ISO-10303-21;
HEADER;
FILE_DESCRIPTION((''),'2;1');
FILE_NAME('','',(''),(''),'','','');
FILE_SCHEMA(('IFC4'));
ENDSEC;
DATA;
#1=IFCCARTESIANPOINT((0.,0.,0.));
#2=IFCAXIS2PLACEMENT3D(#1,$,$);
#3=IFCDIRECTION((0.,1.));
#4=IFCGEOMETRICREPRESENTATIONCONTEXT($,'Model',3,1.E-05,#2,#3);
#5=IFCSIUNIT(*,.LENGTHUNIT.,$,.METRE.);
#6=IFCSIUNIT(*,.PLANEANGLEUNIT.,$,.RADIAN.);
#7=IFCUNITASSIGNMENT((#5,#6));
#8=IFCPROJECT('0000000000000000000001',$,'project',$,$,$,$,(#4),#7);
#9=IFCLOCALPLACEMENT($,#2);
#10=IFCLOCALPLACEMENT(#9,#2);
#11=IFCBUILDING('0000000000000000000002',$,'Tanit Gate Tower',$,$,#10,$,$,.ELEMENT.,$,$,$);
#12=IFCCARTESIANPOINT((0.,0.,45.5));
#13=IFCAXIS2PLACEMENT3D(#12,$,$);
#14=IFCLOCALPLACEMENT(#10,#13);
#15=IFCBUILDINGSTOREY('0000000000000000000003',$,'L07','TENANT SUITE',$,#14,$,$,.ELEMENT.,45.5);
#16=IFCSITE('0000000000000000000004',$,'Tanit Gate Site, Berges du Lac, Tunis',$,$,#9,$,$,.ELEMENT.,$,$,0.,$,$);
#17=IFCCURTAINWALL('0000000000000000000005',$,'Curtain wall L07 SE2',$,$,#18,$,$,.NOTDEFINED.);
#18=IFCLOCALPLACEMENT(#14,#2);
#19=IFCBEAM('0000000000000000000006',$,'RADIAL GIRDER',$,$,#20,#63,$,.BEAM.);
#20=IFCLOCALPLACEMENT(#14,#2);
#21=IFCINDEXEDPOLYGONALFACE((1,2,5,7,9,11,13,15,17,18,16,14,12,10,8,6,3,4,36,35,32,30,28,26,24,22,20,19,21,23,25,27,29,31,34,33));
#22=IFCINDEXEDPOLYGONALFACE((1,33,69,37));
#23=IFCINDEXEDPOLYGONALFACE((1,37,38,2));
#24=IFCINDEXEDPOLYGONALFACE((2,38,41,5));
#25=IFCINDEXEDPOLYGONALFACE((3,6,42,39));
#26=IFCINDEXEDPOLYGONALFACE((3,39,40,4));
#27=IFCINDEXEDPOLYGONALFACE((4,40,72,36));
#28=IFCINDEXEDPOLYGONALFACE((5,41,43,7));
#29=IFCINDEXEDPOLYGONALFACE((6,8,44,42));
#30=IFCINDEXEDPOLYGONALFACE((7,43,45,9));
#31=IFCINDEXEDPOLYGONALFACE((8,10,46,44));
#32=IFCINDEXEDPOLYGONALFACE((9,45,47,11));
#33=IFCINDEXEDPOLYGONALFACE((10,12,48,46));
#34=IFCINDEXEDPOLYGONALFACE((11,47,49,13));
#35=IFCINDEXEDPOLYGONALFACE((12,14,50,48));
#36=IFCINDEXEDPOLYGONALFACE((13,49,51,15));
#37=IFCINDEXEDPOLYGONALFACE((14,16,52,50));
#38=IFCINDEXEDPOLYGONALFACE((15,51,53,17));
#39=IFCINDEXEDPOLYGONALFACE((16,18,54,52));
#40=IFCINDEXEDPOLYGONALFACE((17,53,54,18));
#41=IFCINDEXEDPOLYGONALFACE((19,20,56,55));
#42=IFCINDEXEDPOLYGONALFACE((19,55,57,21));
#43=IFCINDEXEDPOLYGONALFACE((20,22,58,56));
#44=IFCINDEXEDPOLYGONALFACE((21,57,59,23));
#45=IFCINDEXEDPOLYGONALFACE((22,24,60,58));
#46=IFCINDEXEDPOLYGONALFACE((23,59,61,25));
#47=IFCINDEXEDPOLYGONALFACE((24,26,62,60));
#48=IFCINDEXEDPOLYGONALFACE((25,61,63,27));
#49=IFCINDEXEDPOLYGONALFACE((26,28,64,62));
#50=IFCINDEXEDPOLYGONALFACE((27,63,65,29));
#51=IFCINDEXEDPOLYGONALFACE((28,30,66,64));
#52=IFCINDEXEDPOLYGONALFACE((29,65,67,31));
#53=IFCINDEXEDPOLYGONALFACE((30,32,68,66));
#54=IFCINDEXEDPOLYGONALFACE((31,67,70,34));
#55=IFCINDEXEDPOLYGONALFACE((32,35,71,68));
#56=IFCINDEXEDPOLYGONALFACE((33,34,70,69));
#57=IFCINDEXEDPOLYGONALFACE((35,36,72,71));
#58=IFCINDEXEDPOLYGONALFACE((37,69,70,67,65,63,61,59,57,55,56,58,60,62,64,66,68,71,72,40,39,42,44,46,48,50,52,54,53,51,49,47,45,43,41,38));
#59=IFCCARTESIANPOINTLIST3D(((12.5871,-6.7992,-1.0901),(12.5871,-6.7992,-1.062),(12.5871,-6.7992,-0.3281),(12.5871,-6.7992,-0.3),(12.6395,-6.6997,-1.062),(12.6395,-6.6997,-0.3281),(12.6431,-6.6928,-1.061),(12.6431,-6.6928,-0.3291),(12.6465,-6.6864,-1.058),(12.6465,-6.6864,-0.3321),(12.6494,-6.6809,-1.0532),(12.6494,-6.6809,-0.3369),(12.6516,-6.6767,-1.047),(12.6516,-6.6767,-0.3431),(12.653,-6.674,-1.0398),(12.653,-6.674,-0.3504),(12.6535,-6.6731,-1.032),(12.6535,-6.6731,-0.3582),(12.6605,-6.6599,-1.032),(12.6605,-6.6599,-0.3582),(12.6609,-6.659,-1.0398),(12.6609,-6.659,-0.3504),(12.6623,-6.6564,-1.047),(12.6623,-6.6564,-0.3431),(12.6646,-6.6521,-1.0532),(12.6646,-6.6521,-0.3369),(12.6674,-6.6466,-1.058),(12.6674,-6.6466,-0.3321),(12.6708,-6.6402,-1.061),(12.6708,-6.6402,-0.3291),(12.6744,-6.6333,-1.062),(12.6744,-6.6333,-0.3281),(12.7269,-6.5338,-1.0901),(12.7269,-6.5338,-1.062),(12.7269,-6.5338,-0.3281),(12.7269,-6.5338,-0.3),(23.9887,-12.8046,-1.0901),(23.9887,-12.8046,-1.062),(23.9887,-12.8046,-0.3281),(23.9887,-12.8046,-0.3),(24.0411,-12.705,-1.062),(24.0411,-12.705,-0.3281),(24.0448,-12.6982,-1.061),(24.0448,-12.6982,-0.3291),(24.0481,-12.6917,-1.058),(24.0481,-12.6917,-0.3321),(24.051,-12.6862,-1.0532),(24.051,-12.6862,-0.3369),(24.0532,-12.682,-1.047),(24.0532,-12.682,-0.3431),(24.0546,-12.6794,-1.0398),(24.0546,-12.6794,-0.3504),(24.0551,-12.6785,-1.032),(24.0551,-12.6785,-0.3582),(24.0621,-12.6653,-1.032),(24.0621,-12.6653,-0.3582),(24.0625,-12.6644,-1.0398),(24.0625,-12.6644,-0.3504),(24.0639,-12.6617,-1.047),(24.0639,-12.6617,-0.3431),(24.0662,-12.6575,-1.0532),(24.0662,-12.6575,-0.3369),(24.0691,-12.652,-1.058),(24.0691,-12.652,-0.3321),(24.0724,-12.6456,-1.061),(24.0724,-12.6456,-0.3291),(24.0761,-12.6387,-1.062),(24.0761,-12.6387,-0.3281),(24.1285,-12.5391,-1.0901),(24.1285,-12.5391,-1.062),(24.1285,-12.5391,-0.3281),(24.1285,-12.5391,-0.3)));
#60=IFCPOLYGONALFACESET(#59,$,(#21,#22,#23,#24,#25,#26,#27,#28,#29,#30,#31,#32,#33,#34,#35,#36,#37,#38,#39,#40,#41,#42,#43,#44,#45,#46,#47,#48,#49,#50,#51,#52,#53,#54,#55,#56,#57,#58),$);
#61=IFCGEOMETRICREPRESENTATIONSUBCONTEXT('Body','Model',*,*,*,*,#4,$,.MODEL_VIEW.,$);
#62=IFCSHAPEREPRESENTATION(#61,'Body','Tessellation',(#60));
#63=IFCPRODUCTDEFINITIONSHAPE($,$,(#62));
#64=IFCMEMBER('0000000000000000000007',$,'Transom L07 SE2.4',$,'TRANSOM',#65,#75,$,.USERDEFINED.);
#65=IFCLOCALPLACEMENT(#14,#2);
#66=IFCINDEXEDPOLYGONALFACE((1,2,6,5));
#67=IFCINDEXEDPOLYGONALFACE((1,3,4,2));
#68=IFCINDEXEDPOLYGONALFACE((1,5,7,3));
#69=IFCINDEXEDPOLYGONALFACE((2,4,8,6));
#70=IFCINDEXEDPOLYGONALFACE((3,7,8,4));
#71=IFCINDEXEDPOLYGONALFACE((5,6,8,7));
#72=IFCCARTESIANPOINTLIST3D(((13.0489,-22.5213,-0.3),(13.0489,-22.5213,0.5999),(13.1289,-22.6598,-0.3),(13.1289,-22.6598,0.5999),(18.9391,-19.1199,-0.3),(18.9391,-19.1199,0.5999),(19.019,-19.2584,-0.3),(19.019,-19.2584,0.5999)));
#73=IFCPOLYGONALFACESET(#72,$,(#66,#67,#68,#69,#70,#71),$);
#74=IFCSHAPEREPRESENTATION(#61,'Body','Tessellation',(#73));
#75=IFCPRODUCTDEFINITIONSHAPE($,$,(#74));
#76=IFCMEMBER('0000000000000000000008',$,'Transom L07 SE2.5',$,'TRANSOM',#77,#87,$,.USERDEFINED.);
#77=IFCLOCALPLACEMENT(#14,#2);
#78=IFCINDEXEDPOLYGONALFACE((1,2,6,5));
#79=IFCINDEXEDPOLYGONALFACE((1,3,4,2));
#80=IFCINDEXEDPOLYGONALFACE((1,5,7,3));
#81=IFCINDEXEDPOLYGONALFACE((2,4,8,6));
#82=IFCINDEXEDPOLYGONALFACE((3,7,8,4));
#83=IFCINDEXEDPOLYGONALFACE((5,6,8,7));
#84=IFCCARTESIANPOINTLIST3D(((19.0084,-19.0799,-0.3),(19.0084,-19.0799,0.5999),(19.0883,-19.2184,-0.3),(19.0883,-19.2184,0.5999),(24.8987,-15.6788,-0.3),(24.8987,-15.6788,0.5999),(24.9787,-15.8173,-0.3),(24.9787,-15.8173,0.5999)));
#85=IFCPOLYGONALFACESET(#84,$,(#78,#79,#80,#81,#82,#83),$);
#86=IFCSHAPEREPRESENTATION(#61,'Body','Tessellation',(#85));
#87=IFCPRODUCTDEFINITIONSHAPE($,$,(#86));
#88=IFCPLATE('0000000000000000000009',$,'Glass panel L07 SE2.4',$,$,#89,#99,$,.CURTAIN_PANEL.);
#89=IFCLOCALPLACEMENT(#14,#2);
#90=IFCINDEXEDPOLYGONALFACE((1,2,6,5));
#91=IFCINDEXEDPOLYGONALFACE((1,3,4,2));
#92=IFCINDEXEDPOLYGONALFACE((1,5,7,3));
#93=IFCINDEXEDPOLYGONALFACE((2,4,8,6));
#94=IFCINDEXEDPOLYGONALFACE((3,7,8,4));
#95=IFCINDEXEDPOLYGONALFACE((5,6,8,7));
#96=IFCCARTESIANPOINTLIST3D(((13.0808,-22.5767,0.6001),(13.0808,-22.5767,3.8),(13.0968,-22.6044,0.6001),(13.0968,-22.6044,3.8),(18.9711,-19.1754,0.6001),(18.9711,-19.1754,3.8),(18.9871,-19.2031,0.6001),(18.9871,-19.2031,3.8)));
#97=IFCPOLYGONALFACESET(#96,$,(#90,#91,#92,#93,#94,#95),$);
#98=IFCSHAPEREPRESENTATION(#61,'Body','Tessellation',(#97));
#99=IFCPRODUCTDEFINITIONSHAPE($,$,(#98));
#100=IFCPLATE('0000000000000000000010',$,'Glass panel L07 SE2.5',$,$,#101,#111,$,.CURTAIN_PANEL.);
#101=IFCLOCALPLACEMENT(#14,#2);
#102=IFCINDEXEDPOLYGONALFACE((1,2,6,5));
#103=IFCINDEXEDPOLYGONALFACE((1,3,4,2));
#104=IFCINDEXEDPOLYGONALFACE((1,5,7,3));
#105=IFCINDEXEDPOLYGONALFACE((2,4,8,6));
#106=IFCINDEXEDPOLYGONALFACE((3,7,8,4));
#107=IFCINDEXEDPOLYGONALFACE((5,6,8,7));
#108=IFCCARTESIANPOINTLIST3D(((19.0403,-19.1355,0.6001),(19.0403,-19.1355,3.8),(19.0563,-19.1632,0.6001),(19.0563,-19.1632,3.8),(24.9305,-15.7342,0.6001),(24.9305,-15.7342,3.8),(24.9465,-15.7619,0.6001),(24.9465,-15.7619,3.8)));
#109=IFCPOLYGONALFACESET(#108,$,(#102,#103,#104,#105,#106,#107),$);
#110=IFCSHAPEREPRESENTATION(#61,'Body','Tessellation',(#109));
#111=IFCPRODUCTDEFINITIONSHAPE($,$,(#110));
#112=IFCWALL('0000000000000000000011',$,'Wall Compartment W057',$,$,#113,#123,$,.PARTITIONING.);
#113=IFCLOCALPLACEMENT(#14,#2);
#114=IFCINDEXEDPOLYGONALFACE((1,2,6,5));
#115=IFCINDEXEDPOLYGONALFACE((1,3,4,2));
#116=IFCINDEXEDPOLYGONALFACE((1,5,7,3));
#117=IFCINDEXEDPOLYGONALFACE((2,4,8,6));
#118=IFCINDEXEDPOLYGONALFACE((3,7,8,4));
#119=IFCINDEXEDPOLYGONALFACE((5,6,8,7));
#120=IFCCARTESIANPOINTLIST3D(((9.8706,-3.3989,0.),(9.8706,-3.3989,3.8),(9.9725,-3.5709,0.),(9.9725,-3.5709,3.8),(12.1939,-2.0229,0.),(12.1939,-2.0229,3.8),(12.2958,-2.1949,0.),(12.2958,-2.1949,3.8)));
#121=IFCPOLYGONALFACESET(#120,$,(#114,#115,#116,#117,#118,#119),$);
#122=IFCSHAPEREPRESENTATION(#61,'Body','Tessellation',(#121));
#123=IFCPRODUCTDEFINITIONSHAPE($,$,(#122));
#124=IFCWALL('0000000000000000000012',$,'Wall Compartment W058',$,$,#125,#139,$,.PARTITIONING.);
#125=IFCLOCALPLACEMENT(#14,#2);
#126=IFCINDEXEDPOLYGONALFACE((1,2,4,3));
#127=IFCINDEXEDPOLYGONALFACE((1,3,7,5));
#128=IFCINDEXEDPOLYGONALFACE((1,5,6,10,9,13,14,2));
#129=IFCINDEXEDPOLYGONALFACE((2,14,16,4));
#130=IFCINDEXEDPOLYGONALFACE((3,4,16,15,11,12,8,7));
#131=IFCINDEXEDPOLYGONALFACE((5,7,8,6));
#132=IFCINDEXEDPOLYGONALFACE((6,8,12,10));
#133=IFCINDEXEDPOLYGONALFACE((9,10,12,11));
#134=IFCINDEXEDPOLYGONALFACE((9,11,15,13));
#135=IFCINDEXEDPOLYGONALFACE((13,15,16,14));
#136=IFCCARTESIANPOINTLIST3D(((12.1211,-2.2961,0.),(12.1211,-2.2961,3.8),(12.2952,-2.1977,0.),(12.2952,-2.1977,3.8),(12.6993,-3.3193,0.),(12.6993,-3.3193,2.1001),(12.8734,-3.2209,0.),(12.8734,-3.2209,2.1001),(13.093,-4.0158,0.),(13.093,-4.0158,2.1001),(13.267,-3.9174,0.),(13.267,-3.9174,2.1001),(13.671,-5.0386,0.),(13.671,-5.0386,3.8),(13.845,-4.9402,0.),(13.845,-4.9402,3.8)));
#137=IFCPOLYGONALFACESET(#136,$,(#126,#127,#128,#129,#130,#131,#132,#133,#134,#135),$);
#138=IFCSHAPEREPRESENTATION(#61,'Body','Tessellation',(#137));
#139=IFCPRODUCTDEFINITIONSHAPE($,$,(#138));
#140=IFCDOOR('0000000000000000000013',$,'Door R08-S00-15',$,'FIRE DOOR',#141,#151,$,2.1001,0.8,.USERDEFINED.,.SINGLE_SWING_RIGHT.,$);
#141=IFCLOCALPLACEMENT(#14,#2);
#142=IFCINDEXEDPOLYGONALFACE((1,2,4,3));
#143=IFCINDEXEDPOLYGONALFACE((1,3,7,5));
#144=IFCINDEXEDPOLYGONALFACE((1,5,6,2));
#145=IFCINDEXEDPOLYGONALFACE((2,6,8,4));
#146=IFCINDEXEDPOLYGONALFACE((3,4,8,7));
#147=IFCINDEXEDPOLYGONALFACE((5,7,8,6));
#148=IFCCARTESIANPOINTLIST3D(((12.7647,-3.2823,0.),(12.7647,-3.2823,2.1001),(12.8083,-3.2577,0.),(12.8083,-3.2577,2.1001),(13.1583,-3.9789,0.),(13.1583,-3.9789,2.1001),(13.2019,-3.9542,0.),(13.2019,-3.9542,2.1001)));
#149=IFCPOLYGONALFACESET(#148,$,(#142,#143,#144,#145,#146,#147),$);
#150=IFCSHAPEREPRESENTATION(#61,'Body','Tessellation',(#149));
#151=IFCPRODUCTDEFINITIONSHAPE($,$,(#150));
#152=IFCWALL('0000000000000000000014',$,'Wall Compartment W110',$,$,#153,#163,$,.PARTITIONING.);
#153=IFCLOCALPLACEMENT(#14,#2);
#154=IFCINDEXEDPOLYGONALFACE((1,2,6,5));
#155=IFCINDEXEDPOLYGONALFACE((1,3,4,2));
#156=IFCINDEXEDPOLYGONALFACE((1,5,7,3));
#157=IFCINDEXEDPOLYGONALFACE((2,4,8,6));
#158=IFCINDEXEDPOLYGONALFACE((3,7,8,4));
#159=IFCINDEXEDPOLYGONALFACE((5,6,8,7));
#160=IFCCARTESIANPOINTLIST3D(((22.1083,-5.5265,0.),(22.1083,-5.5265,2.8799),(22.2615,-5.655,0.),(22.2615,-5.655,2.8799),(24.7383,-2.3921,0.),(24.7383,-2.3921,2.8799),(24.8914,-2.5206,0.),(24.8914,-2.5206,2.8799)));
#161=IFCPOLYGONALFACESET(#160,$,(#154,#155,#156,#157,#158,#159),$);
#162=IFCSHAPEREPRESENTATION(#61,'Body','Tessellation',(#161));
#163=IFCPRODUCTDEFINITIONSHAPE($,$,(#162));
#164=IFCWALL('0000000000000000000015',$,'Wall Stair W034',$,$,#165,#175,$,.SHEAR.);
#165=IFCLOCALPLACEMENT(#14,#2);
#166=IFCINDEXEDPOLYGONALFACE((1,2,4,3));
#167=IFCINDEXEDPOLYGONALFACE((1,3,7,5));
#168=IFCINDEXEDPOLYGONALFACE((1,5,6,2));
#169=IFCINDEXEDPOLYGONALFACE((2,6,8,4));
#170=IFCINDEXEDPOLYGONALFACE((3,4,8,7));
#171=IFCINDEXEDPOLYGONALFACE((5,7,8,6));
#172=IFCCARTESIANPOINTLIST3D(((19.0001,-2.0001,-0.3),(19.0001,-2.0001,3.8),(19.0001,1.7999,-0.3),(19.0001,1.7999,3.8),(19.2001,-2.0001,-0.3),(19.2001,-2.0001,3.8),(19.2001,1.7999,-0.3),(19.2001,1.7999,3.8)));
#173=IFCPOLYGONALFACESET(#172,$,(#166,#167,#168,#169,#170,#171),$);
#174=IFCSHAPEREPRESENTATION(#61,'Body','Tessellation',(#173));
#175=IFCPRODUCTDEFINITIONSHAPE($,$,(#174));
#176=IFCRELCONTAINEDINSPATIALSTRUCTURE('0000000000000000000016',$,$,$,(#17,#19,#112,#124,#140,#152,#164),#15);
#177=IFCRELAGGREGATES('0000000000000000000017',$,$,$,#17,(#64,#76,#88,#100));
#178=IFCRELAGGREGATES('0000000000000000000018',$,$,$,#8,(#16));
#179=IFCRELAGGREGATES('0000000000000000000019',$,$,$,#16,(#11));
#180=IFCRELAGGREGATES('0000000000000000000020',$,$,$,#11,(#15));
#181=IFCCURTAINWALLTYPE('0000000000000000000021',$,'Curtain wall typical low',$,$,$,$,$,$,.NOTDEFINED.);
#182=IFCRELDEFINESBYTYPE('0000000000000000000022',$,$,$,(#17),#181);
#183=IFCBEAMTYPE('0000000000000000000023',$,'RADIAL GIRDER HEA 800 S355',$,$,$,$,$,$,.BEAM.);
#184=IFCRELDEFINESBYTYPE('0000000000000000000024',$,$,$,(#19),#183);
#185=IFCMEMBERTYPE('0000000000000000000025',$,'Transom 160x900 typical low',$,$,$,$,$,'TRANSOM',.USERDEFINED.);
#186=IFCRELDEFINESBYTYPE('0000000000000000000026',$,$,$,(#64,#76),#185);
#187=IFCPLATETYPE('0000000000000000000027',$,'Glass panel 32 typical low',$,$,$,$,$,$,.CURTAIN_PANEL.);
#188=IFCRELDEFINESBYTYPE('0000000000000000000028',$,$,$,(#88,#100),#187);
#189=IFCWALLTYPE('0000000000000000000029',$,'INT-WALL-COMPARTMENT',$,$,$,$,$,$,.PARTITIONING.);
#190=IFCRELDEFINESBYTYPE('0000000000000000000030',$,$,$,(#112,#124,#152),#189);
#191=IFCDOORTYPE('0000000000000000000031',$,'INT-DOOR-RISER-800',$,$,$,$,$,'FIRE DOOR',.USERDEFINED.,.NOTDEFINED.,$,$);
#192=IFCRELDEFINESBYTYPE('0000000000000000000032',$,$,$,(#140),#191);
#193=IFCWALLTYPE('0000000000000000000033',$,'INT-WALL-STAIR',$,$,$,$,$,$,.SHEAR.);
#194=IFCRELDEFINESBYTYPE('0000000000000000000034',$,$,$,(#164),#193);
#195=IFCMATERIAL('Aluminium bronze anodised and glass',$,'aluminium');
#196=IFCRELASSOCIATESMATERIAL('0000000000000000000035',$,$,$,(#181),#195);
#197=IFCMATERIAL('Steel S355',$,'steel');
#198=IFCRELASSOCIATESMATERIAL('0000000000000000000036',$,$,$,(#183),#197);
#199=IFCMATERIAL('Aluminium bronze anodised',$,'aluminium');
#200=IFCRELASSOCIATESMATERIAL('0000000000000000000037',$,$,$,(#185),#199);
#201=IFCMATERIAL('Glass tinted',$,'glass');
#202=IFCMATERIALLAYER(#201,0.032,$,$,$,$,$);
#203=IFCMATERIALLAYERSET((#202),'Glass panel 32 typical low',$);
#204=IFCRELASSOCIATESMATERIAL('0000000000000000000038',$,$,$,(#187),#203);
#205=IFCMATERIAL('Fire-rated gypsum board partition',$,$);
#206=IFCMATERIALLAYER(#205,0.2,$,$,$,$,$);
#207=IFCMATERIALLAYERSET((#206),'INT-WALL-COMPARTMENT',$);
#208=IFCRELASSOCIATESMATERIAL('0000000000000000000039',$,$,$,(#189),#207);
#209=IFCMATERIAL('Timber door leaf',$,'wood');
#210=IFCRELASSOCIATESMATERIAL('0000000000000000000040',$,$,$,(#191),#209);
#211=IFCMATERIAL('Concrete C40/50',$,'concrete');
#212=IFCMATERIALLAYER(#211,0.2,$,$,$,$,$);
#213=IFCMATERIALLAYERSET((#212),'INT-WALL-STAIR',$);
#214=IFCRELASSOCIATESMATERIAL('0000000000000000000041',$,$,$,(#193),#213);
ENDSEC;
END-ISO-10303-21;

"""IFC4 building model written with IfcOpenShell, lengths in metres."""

from ifc_helpers import new_model, si_unit, direction, frame, frame_2d, origin, origin_2d, place, context, subcontext, project, spatial, rectangle, i_section, extrude, material, layer, layer_set, material_profile, profile_set, type_object, element, fill, aggregate, save


model = new_model("IFC4")

# Units and contexts
model_context = context("Model", 3, precision=1e-05, world=origin(), true_north=direction((0.0, 1.0)))
body_context = subcontext(model_context, "Body", "Model", "MODEL_VIEW")
ifc_project = project(units=[si_unit("LENGTHUNIT", "METRE"), si_unit("PLANEANGLEUNIT", "RADIAN")], contexts=[model_context])

# Site, building, storey
site_placement = place(None, origin())
site = spatial("IfcSite", under=ifc_project, at=site_placement, Name="Tanit Gate Site, Berges du Lac, Tunis", CompositionType="ELEMENT", RefElevation=0.0)
building_placement = place(site_placement, origin())
building = spatial("IfcBuilding", under=site, at=building_placement, Name="Tanit Gate Tower", CompositionType="ELEMENT")
storey_placement = place(building_placement, frame((0.0, 0.0, 45.5)))
storey = spatial("IfcBuildingStorey", under=building, at=storey_placement, Name="L07", Description="TENANT SUITE", CompositionType="ELEMENT", Elevation=45.5)

# Curtain wall
ifc_material_1 = material(Name="Aluminium bronze anodised and glass", Category="aluminium")
curtain_wall_type = type_object("IfcCurtainWallType", Name="Curtain wall typical low", PredefinedType="NOTDEFINED", material=ifc_material_1)
curtain_wall_placement = place(storey_placement, origin())
curtain_wall = element("IfcCurtainWall", 1, at=curtain_wall_placement, inside=storey, type_object=curtain_wall_type, Name="Curtain wall L07 SE2", PredefinedType="NOTDEFINED")

# Beam
ifc_material_2 = material(Name="Steel S355", Category="steel")
ifc_material_profile_1 = material_profile(ifc_material_2, i_section(OverallWidth=0.3, OverallDepth=0.79, WebThickness=0.0149, FlangeThickness=0.0281, FilletRadius=0.03, at=origin_2d()), Name="HEA 800")
ifc_profile_set_1 = profile_set([ifc_material_profile_1], Name="Steel S355")
beam_type_1 = type_object("IfcBeamType", Name="RADIAL GIRDER HEA 800 S355", PredefinedType="BEAM", material=ifc_profile_set_1)
beam_1_placement = place(storey_placement, frame((24.0586, -12.6719, -0.6951), z_axis=(-0.884774, 0.466021, 0.0), x_axis=(-0.466021, -0.884774, 0.0)))
element("IfcBeam", 2, at=beam_1_placement, inside=storey, type_object=beam_type_1, Name="RADIAL GIRDER", PredefinedType="BEAM", context=body_context, shape_type="SweptSolid", body=[
    extrude(i_section(OverallWidth=0.3, OverallDepth=0.79, WebThickness=0.0149, FlangeThickness=0.0281, FilletRadius=0.03, at=origin_2d()), origin(), (0.0, 0.0, 1.0), 12.8865),
])

# Members
ifc_material_3 = material(Name="Aluminium bronze anodised", Category="aluminium")
ifc_material_profile_2 = material_profile(ifc_material_3, rectangle(XDim=0.1599, YDim=0.8999, at=origin_2d()), Name="160x900 bronze transom")
ifc_profile_set_2 = profile_set([ifc_material_profile_2], Name="Aluminium bronze anodised")
member_type_1 = type_object("IfcMemberType", Name="Transom 160x900 typical low", ElementType="TRANSOM", PredefinedType="USERDEFINED", material=ifc_profile_set_2)
member_1_placement = place(storey_placement, frame((13.0889, -22.5906, 0.1499), z_axis=(0.865981, 0.500077, 0.0), x_axis=(-0.500077, 0.865981, 0.0)))
member_1 = element("IfcMember", 3, at=member_1_placement, type_object=member_type_1, Name="Transom L07 SE2.4", ObjectType="TRANSOM", PredefinedType="USERDEFINED", context=body_context, shape_type="SweptSolid", body=[
    extrude(rectangle(XDim=0.1599, YDim=0.8999, at=origin_2d()), origin(), (0.0, 0.0, 1.0), 6.8018),
])
member_2_placement = place(storey_placement, frame((19.0483, -19.1492, 0.1499), z_axis=(0.866006, 0.500034, 0.0), x_axis=(-0.500034, 0.866006, 0.0)))
member_2 = element("IfcMember", 4, at=member_2_placement, type_object=member_type_1, Name="Transom L07 SE2.5", ObjectType="TRANSOM", PredefinedType="USERDEFINED", context=body_context, shape_type="SweptSolid", body=[
    extrude(rectangle(XDim=0.1599, YDim=0.8999, at=origin_2d()), origin(), (0.0, 0.0, 1.0), 6.8018),
])

# Plates
ifc_material_4 = material(Name="Glass tinted", Category="glass")
ifc_layer_1 = layer(ifc_material_4, 0.032)
ifc_layer_set_1 = layer_set([ifc_layer_1], Name="Glass panel 32 typical low")
plate_type = type_object("IfcPlateType", Name="Glass panel 32 typical low", PredefinedType="CURTAIN_PANEL", material=ifc_layer_set_1)
plate_1_placement = place(storey_placement, frame((16.0339, -20.8899, 0.6001), z_axis=(0.0, 0.0, 1.0), x_axis=(0.865991, 0.50006, 0.0)))
plate_1 = element("IfcPlate", 5, at=plate_1_placement, type_object=plate_type, Name="Glass panel L07 SE2.4", PredefinedType="CURTAIN_PANEL", context=body_context, shape_type="SweptSolid", body=[
    extrude(rectangle(XDim=6.8018, YDim=0.032, at=origin_2d()), origin(), (0.0, 0.0, 1.0), 3.2),
])
plate_2_placement = place(storey_placement, frame((21.9934, -17.4487, 0.6001), z_axis=(0.0, 0.0, 1.0), x_axis=(0.865991, 0.50006, 0.0)))
plate_2 = element("IfcPlate", 6, at=plate_2_placement, type_object=plate_type, Name="Glass panel L07 SE2.5", PredefinedType="CURTAIN_PANEL", context=body_context, shape_type="SweptSolid", body=[
    extrude(rectangle(XDim=6.8018, YDim=0.032, at=origin_2d()), origin(), (0.0, 0.0, 1.0), 3.2),
])
aggregate(curtain_wall, [member_1, member_2, plate_1, plate_2])

# Wall
ifc_material_5 = material(Name="Fire-rated gypsum board partition")
ifc_layer_2 = layer(ifc_material_5, 0.2)
ifc_layer_set_2 = layer_set([ifc_layer_2], Name="INT-WALL-COMPARTMENT")
wall_type_1 = type_object("IfcWallType", Name="INT-WALL-COMPARTMENT", PredefinedType="PARTITIONING", material=ifc_layer_set_2)
wall_1_placement = place(storey_placement, frame((12.2449, -2.1089, 0.0), z_axis=(0.0, 0.0, 1.0), x_axis=(-0.860415, -0.509594, 0.0)))
element("IfcWall", 7, at=wall_1_placement, inside=storey, type_object=wall_type_1, Name="Wall Compartment W057", PredefinedType="PARTITIONING", context=body_context, shape_type="SweptSolid", body=[
    extrude(rectangle(XDim=2.7002, YDim=0.2, at=frame_2d((1.3501, 0.0))), origin(), (0.0, 0.0, 1.0), 3.8),
])

# Wall, opening, door
wall_2_placement = place(storey_placement, frame((13.7581, -4.9895, 0.0), z_axis=(0.0, 0.0, 1.0), x_axis=(-0.491993, 0.870599, 0.0)))
wall_2 = element("IfcWall", 8, at=wall_2_placement, inside=storey, type_object=wall_type_1, Name="Wall Compartment W058", PredefinedType="PARTITIONING", context=body_context, shape_type="SweptSolid", body=[
    extrude(rectangle(XDim=3.1501, YDim=0.2, at=frame_2d((1.5752, 0.0))), origin(), (0.0, 0.0, 1.0), 3.8),
])
opening_1_placement = place(wall_2_placement, frame((1.175, 0.0, 0.0)))
opening_1 = element("IfcOpeningElement", 9, at=opening_1_placement, cuts=wall_2, PredefinedType="OPENING", context=body_context, shape_type="SweptSolid", body=[
    extrude(rectangle(XDim=0.8, YDim=2.1001, at=frame_2d((0.3999, 1.05))), frame((0.0, 0.1099, 0.0), z_axis=(0.0, -1.0, 0.0), x_axis=(1.0, 0.0, 0.0)), (0.0, 0.0, 1.0), 0.22),
])
ifc_material_6 = material(Name="Timber door leaf", Category="wood")
door_type_1 = type_object("IfcDoorType", Name="INT-DOOR-RISER-800", ElementType="FIRE DOOR", OperationType="NOTDEFINED", PredefinedType="USERDEFINED", material=ifc_material_6)
door_1_placement = place(opening_1_placement, origin())
door_1 = element("IfcDoor", 10, at=door_1_placement, inside=storey, type_object=door_type_1, Name="Door R08-S00-15", ObjectType="FIRE DOOR", OperationType="SINGLE_SWING_RIGHT", OverallHeight=2.1001, OverallWidth=0.8, PredefinedType="USERDEFINED", context=body_context, shape_type="SweptSolid", body=[
    extrude(rectangle(XDim=0.8, YDim=2.1001, at=frame_2d((0.3999, 1.05))), frame((0.0, 0.0249, 0.0), z_axis=(0.0, -1.0, 0.0), x_axis=(1.0, 0.0, 0.0)), (0.0, 0.0, 1.0), 0.05),
])
fill(opening_1, door_1)

# Walls
wall_3_placement = place(storey_placement, frame((22.1848, -5.5908, 0.0), z_axis=(0.0, 0.0, 1.0), x_axis=(0.642775, 0.766055, 0.0)))
element("IfcWall", 11, at=wall_3_placement, inside=storey, type_object=wall_type_1, Name="Wall Compartment W110", PredefinedType="PARTITIONING", context=body_context, shape_type="SweptSolid", body=[
    extrude(rectangle(XDim=4.0916, YDim=0.2, at=frame_2d((2.0459, 0.0))), origin(), (0.0, 0.0, 1.0), 2.8799),
])
ifc_material_7 = material(Name="Concrete C40/50", Category="concrete")
ifc_layer_3 = layer(ifc_material_7, 0.2)
ifc_layer_set_3 = layer_set([ifc_layer_3], Name="INT-WALL-STAIR")
wall_type_2 = type_object("IfcWallType", Name="INT-WALL-STAIR", PredefinedType="SHEAR", material=ifc_layer_set_3)
wall_4_placement = place(storey_placement, frame((19.1001, -2.0, -0.3), z_axis=(0.0, 0.0, 1.0), x_axis=(0.0, 1.0, 0.0)))
element("IfcWall", 12, at=wall_4_placement, inside=storey, type_object=wall_type_2, Name="Wall Stair W034", PredefinedType="SHEAR", context=body_context, shape_type="SweptSolid", body=[
    extrude(rectangle(XDim=3.8, YDim=0.2, at=frame_2d((1.8999, 0.0))), origin(), (0.0, 0.0, 1.0), 4.1001),
])

save(model, "model.ifc")
